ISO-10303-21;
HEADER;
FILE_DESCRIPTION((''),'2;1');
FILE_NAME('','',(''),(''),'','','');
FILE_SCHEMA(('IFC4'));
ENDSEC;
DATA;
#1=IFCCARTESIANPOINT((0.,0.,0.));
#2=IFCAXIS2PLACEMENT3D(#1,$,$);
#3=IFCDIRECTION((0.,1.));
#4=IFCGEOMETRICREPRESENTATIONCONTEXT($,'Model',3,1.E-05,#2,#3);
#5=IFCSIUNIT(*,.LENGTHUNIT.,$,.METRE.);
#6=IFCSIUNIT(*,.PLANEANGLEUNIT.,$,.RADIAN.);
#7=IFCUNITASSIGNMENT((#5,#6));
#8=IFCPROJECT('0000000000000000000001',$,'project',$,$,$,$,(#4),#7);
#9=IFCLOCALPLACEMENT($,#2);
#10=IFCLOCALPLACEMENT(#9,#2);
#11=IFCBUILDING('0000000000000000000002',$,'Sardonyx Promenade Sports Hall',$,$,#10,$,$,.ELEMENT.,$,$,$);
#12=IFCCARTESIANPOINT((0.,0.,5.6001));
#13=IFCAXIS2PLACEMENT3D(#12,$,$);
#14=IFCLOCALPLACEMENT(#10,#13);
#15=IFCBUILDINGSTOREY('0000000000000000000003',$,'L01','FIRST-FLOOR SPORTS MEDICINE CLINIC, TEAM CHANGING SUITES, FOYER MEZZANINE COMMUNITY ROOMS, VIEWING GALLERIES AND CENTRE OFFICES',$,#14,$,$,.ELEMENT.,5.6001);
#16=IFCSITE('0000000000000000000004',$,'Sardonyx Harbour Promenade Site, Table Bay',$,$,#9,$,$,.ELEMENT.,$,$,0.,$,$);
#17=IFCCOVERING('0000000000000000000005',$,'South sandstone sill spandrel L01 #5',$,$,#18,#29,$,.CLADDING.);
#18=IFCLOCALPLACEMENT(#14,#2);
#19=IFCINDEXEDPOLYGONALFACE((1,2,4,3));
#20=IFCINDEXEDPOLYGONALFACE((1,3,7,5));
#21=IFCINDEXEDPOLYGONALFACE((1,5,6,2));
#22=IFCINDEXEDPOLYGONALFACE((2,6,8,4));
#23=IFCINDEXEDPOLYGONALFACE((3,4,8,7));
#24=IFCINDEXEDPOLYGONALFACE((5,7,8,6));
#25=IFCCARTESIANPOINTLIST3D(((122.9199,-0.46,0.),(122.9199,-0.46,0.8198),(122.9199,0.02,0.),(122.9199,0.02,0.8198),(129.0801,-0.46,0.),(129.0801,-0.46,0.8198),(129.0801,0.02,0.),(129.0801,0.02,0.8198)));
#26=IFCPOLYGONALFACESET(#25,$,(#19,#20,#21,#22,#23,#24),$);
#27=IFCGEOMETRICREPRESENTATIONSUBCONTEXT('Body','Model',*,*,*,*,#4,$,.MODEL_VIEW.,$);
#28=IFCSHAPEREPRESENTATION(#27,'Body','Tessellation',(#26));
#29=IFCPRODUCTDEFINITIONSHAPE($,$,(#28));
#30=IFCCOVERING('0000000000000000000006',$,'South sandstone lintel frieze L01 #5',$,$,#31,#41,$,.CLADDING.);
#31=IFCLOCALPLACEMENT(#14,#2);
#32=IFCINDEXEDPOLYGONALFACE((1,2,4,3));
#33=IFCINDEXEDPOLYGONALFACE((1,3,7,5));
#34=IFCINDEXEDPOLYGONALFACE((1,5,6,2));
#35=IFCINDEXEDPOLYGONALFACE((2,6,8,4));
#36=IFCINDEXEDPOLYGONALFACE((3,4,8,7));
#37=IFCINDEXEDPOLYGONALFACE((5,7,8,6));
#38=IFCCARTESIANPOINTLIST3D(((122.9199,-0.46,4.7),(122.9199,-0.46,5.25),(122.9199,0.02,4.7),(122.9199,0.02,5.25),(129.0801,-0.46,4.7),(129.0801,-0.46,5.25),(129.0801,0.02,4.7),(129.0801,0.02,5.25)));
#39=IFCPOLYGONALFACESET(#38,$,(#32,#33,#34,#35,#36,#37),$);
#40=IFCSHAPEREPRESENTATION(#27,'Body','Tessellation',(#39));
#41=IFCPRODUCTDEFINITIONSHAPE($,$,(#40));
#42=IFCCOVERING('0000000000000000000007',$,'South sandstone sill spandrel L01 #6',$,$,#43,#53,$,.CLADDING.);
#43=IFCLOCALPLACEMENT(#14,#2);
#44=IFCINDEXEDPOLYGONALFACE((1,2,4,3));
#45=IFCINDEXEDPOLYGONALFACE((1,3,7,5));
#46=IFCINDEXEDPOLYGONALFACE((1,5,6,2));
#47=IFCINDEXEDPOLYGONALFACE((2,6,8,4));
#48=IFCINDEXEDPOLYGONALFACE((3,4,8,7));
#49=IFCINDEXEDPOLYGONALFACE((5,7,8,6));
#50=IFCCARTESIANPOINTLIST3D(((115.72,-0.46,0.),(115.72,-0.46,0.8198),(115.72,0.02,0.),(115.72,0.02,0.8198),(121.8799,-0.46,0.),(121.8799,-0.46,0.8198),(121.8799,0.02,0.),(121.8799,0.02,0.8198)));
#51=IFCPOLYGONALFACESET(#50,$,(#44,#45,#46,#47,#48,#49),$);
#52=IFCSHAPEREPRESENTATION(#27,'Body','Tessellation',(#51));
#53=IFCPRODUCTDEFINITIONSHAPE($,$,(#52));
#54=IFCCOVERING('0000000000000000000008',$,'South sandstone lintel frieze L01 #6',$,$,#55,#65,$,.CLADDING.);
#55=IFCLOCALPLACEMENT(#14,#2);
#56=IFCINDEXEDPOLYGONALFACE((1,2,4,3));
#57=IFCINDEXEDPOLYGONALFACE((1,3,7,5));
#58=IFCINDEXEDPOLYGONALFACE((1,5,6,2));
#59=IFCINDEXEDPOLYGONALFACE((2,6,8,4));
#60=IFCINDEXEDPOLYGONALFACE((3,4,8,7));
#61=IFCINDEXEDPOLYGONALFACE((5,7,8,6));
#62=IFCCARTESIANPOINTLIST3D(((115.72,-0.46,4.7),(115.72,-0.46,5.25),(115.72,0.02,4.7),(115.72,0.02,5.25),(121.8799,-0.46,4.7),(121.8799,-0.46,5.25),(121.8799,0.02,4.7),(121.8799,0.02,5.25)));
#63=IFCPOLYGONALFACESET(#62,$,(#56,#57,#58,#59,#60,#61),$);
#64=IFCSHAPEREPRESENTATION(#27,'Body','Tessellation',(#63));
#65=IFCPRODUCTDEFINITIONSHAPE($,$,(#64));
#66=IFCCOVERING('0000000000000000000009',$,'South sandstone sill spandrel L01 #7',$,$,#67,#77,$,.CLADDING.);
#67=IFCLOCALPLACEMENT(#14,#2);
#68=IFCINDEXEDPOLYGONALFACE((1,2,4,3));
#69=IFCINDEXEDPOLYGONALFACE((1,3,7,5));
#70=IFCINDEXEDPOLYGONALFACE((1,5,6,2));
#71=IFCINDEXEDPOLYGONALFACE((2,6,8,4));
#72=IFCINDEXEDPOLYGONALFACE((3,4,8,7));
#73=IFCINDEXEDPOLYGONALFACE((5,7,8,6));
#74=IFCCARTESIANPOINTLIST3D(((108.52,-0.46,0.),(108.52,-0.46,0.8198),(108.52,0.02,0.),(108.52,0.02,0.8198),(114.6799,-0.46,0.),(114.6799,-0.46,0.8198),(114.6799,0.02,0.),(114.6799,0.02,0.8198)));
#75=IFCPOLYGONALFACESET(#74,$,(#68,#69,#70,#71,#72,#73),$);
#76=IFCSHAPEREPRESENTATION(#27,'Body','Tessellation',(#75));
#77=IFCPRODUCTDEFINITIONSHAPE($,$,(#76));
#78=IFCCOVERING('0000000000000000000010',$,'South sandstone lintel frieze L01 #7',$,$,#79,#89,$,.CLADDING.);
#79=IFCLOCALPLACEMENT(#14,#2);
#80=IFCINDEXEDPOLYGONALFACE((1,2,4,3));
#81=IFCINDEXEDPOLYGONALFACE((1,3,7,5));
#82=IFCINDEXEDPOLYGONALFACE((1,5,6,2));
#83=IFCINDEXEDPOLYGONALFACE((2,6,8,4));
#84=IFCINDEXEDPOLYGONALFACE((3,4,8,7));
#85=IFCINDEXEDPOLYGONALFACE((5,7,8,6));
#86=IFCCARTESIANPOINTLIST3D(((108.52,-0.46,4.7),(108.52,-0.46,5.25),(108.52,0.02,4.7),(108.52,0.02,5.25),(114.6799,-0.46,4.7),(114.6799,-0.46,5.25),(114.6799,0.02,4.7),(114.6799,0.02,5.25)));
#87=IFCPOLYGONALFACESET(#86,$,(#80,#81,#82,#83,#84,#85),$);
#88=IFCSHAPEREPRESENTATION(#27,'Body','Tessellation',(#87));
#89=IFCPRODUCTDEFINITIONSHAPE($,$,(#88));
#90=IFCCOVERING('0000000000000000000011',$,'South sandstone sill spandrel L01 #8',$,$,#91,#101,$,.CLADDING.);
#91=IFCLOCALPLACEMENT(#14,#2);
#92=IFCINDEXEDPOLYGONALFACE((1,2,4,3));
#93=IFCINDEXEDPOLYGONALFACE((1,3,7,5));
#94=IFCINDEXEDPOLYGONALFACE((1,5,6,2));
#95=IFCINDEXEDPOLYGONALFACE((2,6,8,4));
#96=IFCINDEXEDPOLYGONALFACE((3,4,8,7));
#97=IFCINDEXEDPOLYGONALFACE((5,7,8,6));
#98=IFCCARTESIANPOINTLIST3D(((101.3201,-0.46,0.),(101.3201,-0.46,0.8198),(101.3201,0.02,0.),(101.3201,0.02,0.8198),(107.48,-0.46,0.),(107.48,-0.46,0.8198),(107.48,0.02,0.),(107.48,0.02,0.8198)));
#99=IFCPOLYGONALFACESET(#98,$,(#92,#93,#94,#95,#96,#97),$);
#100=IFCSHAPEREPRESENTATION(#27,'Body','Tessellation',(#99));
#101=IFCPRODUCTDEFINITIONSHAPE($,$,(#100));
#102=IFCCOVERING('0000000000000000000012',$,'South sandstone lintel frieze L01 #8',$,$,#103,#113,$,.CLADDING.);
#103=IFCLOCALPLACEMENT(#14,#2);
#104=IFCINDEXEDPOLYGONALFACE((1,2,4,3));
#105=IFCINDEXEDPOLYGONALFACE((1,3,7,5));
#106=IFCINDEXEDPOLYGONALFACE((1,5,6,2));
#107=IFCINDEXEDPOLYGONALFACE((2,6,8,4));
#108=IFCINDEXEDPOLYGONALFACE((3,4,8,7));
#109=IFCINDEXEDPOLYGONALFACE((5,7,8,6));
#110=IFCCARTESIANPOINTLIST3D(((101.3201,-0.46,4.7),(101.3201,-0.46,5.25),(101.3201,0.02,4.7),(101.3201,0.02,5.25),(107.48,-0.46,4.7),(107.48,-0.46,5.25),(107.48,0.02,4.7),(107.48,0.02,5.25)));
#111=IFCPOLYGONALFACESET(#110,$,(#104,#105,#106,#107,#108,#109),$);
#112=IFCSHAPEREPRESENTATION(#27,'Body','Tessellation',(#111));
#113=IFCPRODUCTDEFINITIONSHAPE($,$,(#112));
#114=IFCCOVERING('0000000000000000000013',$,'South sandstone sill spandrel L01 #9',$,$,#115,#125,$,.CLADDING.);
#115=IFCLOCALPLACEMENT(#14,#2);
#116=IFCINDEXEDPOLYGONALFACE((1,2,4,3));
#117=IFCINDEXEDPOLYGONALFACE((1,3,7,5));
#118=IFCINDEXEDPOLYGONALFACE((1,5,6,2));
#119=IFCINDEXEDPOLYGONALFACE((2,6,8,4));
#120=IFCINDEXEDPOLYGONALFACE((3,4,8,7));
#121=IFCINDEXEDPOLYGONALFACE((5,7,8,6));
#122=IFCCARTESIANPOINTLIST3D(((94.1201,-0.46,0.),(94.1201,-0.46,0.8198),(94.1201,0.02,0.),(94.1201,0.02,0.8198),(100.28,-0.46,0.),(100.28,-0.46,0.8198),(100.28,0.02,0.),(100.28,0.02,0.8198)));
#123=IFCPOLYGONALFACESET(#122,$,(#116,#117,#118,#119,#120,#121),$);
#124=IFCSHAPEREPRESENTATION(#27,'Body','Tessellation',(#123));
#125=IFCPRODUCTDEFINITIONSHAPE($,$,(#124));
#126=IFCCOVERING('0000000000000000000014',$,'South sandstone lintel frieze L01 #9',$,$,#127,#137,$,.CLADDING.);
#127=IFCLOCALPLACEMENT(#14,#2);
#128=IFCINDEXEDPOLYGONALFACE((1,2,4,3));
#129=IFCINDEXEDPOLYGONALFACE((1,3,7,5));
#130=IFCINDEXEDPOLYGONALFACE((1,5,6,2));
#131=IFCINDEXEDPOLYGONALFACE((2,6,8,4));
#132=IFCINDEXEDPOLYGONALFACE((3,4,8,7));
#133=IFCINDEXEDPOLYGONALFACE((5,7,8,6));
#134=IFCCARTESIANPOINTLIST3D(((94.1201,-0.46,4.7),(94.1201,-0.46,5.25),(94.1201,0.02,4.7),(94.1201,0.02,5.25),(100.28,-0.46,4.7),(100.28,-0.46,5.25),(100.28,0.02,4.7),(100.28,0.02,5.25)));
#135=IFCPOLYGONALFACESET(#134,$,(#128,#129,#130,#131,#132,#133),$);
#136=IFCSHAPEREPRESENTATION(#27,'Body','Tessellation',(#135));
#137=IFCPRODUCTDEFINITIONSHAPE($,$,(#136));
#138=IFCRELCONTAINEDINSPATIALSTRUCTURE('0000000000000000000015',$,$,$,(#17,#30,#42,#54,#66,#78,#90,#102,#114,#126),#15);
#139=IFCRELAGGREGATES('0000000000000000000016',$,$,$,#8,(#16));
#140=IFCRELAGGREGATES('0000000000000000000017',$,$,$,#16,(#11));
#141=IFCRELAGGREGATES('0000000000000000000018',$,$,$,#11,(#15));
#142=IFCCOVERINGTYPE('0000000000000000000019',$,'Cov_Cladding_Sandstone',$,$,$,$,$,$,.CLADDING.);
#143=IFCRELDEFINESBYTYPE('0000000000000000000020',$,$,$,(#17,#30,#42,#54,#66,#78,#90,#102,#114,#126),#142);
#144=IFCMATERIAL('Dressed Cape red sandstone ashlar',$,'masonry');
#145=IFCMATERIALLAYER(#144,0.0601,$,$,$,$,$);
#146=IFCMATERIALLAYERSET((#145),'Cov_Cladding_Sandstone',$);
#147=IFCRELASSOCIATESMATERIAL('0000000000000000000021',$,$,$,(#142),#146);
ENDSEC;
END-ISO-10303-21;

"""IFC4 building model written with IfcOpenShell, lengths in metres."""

from ifc_helpers import new_model, si_unit, direction, frame, origin, place, context, subcontext, project, spatial, polyline, outline, extrude, material, layer, layer_set, type_object, element, save


model = new_model("IFC4")

# Units and contexts
model_context = context("Model", 3, precision=1e-05, world=origin(), true_north=direction((0.0, 1.0)))
body_context = subcontext(model_context, "Body", "Model", "MODEL_VIEW")
ifc_project = project(units=[si_unit("LENGTHUNIT", "METRE"), si_unit("PLANEANGLEUNIT", "RADIAN")], contexts=[model_context])

# Site, building, storey
site_placement = place(None, origin())
site = spatial("IfcSite", under=ifc_project, at=site_placement, Name="Sardonyx Harbour Promenade Site, Table Bay", CompositionType="ELEMENT", RefElevation=0.0)
building_placement = place(site_placement, origin())
building = spatial("IfcBuilding", under=site, at=building_placement, Name="Sardonyx Promenade Sports Hall", CompositionType="ELEMENT")
storey_placement = place(building_placement, frame((0.0, 0.0, 5.6001)))
storey = spatial("IfcBuildingStorey", under=building, at=storey_placement, Name="L01", Description="FIRST-FLOOR SPORTS MEDICINE CLINIC, TEAM CHANGING SUITES, FOYER MEZZANINE COMMUNITY ROOMS, VIEWING GALLERIES AND CENTRE OFFICES", CompositionType="ELEMENT", Elevation=5.6001)

# Coverings
ifc_material_1 = material(Name="Dressed Cape red sandstone ashlar", Category="masonry")
ifc_layer_1 = layer(ifc_material_1, 0.0601)
ifc_layer_set_1 = layer_set([ifc_layer_1], Name="Cov_Cladding_Sandstone")
covering_type_1 = type_object("IfcCoveringType", Name="Cov_Cladding_Sandstone", PredefinedType="CLADDING", material=ifc_layer_set_1)
covering_1_placement = place(storey_placement, origin())
element("IfcCovering", 1, at=covering_1_placement, inside=storey, type_object=covering_type_1, Name="South sandstone sill spandrel L01 #5", PredefinedType="CLADDING", context=body_context, shape_type="SweptSolid", body=[
    extrude(outline(polyline([(122.9199, -0.46), (129.0801, -0.46), (129.0801, 0.02), (122.9199, 0.02), (122.9199, -0.46)])), origin(), (0.0, 0.0, 1.0), 0.8198),
])
covering_2_placement = place(storey_placement, frame((0.0, 0.0, 4.7)))
element("IfcCovering", 2, at=covering_2_placement, inside=storey, type_object=covering_type_1, Name="South sandstone lintel frieze L01 #5", PredefinedType="CLADDING", context=body_context, shape_type="SweptSolid", body=[
    extrude(outline(polyline([(122.9199, -0.46), (129.0801, -0.46), (129.0801, 0.02), (122.9199, 0.02), (122.9199, -0.46)])), origin(), (0.0, 0.0, 1.0), 0.55),
])
covering_3_placement = place(storey_placement, origin())
element("IfcCovering", 3, at=covering_3_placement, inside=storey, type_object=covering_type_1, Name="South sandstone sill spandrel L01 #6", PredefinedType="CLADDING", context=body_context, shape_type="SweptSolid", body=[
    extrude(outline(polyline([(115.72, -0.46), (121.8799, -0.46), (121.8799, 0.02), (115.72, 0.02), (115.72, -0.46)])), origin(), (0.0, 0.0, 1.0), 0.8198),
])
covering_4_placement = place(storey_placement, frame((0.0, 0.0, 4.7)))
element("IfcCovering", 4, at=covering_4_placement, inside=storey, type_object=covering_type_1, Name="South sandstone lintel frieze L01 #6", PredefinedType="CLADDING", context=body_context, shape_type="SweptSolid", body=[
    extrude(outline(polyline([(115.72, -0.46), (121.8799, -0.46), (121.8799, 0.02), (115.72, 0.02), (115.72, -0.46)])), origin(), (0.0, 0.0, 1.0), 0.55),
])
covering_5_placement = place(storey_placement, origin())
element("IfcCovering", 5, at=covering_5_placement, inside=storey, type_object=covering_type_1, Name="South sandstone sill spandrel L01 #7", PredefinedType="CLADDING", context=body_context, shape_type="SweptSolid", body=[
    extrude(outline(polyline([(108.52, -0.46), (114.6799, -0.46), (114.6799, 0.02), (108.52, 0.02), (108.52, -0.46)])), origin(), (0.0, 0.0, 1.0), 0.8198),
])
covering_6_placement = place(storey_placement, frame((0.0, 0.0, 4.7)))
element("IfcCovering", 6, at=covering_6_placement, inside=storey, type_object=covering_type_1, Name="South sandstone lintel frieze L01 #7", PredefinedType="CLADDING", context=body_context, shape_type="SweptSolid", body=[
    extrude(outline(polyline([(108.52, -0.46), (114.6799, -0.46), (114.6799, 0.02), (108.52, 0.02), (108.52, -0.46)])), origin(), (0.0, 0.0, 1.0), 0.55),
])
covering_7_placement = place(storey_placement, origin())
element("IfcCovering", 7, at=covering_7_placement, inside=storey, type_object=covering_type_1, Name="South sandstone sill spandrel L01 #8", PredefinedType="CLADDING", context=body_context, shape_type="SweptSolid", body=[
    extrude(outline(polyline([(101.3201, -0.46), (107.48, -0.46), (107.48, 0.02), (101.3201, 0.02), (101.3201, -0.46)])), origin(), (0.0, 0.0, 1.0), 0.8198),
])
covering_8_placement = place(storey_placement, frame((0.0, 0.0, 4.7)))
element("IfcCovering", 8, at=covering_8_placement, inside=storey, type_object=covering_type_1, Name="South sandstone lintel frieze L01 #8", PredefinedType="CLADDING", context=body_context, shape_type="SweptSolid", body=[
    extrude(outline(polyline([(101.3201, -0.46), (107.48, -0.46), (107.48, 0.02), (101.3201, 0.02), (101.3201, -0.46)])), origin(), (0.0, 0.0, 1.0), 0.55),
])
covering_9_placement = place(storey_placement, origin())
element("IfcCovering", 9, at=covering_9_placement, inside=storey, type_object=covering_type_1, Name="South sandstone sill spandrel L01 #9", PredefinedType="CLADDING", context=body_context, shape_type="SweptSolid", body=[
    extrude(outline(polyline([(94.1201, -0.46), (100.28, -0.46), (100.28, 0.02), (94.1201, 0.02), (94.1201, -0.46)])), origin(), (0.0, 0.0, 1.0), 0.8198),
])
covering_10_placement = place(storey_placement, frame((0.0, 0.0, 4.7)))
element("IfcCovering", 10, at=covering_10_placement, inside=storey, type_object=covering_type_1, Name="South sandstone lintel frieze L01 #9", PredefinedType="CLADDING", context=body_context, shape_type="SweptSolid", body=[
    extrude(outline(polyline([(94.1201, -0.46), (100.28, -0.46), (100.28, 0.02), (94.1201, 0.02), (94.1201, -0.46)])), origin(), (0.0, 0.0, 1.0), 0.55),
])

save(model, "model.ifc")
